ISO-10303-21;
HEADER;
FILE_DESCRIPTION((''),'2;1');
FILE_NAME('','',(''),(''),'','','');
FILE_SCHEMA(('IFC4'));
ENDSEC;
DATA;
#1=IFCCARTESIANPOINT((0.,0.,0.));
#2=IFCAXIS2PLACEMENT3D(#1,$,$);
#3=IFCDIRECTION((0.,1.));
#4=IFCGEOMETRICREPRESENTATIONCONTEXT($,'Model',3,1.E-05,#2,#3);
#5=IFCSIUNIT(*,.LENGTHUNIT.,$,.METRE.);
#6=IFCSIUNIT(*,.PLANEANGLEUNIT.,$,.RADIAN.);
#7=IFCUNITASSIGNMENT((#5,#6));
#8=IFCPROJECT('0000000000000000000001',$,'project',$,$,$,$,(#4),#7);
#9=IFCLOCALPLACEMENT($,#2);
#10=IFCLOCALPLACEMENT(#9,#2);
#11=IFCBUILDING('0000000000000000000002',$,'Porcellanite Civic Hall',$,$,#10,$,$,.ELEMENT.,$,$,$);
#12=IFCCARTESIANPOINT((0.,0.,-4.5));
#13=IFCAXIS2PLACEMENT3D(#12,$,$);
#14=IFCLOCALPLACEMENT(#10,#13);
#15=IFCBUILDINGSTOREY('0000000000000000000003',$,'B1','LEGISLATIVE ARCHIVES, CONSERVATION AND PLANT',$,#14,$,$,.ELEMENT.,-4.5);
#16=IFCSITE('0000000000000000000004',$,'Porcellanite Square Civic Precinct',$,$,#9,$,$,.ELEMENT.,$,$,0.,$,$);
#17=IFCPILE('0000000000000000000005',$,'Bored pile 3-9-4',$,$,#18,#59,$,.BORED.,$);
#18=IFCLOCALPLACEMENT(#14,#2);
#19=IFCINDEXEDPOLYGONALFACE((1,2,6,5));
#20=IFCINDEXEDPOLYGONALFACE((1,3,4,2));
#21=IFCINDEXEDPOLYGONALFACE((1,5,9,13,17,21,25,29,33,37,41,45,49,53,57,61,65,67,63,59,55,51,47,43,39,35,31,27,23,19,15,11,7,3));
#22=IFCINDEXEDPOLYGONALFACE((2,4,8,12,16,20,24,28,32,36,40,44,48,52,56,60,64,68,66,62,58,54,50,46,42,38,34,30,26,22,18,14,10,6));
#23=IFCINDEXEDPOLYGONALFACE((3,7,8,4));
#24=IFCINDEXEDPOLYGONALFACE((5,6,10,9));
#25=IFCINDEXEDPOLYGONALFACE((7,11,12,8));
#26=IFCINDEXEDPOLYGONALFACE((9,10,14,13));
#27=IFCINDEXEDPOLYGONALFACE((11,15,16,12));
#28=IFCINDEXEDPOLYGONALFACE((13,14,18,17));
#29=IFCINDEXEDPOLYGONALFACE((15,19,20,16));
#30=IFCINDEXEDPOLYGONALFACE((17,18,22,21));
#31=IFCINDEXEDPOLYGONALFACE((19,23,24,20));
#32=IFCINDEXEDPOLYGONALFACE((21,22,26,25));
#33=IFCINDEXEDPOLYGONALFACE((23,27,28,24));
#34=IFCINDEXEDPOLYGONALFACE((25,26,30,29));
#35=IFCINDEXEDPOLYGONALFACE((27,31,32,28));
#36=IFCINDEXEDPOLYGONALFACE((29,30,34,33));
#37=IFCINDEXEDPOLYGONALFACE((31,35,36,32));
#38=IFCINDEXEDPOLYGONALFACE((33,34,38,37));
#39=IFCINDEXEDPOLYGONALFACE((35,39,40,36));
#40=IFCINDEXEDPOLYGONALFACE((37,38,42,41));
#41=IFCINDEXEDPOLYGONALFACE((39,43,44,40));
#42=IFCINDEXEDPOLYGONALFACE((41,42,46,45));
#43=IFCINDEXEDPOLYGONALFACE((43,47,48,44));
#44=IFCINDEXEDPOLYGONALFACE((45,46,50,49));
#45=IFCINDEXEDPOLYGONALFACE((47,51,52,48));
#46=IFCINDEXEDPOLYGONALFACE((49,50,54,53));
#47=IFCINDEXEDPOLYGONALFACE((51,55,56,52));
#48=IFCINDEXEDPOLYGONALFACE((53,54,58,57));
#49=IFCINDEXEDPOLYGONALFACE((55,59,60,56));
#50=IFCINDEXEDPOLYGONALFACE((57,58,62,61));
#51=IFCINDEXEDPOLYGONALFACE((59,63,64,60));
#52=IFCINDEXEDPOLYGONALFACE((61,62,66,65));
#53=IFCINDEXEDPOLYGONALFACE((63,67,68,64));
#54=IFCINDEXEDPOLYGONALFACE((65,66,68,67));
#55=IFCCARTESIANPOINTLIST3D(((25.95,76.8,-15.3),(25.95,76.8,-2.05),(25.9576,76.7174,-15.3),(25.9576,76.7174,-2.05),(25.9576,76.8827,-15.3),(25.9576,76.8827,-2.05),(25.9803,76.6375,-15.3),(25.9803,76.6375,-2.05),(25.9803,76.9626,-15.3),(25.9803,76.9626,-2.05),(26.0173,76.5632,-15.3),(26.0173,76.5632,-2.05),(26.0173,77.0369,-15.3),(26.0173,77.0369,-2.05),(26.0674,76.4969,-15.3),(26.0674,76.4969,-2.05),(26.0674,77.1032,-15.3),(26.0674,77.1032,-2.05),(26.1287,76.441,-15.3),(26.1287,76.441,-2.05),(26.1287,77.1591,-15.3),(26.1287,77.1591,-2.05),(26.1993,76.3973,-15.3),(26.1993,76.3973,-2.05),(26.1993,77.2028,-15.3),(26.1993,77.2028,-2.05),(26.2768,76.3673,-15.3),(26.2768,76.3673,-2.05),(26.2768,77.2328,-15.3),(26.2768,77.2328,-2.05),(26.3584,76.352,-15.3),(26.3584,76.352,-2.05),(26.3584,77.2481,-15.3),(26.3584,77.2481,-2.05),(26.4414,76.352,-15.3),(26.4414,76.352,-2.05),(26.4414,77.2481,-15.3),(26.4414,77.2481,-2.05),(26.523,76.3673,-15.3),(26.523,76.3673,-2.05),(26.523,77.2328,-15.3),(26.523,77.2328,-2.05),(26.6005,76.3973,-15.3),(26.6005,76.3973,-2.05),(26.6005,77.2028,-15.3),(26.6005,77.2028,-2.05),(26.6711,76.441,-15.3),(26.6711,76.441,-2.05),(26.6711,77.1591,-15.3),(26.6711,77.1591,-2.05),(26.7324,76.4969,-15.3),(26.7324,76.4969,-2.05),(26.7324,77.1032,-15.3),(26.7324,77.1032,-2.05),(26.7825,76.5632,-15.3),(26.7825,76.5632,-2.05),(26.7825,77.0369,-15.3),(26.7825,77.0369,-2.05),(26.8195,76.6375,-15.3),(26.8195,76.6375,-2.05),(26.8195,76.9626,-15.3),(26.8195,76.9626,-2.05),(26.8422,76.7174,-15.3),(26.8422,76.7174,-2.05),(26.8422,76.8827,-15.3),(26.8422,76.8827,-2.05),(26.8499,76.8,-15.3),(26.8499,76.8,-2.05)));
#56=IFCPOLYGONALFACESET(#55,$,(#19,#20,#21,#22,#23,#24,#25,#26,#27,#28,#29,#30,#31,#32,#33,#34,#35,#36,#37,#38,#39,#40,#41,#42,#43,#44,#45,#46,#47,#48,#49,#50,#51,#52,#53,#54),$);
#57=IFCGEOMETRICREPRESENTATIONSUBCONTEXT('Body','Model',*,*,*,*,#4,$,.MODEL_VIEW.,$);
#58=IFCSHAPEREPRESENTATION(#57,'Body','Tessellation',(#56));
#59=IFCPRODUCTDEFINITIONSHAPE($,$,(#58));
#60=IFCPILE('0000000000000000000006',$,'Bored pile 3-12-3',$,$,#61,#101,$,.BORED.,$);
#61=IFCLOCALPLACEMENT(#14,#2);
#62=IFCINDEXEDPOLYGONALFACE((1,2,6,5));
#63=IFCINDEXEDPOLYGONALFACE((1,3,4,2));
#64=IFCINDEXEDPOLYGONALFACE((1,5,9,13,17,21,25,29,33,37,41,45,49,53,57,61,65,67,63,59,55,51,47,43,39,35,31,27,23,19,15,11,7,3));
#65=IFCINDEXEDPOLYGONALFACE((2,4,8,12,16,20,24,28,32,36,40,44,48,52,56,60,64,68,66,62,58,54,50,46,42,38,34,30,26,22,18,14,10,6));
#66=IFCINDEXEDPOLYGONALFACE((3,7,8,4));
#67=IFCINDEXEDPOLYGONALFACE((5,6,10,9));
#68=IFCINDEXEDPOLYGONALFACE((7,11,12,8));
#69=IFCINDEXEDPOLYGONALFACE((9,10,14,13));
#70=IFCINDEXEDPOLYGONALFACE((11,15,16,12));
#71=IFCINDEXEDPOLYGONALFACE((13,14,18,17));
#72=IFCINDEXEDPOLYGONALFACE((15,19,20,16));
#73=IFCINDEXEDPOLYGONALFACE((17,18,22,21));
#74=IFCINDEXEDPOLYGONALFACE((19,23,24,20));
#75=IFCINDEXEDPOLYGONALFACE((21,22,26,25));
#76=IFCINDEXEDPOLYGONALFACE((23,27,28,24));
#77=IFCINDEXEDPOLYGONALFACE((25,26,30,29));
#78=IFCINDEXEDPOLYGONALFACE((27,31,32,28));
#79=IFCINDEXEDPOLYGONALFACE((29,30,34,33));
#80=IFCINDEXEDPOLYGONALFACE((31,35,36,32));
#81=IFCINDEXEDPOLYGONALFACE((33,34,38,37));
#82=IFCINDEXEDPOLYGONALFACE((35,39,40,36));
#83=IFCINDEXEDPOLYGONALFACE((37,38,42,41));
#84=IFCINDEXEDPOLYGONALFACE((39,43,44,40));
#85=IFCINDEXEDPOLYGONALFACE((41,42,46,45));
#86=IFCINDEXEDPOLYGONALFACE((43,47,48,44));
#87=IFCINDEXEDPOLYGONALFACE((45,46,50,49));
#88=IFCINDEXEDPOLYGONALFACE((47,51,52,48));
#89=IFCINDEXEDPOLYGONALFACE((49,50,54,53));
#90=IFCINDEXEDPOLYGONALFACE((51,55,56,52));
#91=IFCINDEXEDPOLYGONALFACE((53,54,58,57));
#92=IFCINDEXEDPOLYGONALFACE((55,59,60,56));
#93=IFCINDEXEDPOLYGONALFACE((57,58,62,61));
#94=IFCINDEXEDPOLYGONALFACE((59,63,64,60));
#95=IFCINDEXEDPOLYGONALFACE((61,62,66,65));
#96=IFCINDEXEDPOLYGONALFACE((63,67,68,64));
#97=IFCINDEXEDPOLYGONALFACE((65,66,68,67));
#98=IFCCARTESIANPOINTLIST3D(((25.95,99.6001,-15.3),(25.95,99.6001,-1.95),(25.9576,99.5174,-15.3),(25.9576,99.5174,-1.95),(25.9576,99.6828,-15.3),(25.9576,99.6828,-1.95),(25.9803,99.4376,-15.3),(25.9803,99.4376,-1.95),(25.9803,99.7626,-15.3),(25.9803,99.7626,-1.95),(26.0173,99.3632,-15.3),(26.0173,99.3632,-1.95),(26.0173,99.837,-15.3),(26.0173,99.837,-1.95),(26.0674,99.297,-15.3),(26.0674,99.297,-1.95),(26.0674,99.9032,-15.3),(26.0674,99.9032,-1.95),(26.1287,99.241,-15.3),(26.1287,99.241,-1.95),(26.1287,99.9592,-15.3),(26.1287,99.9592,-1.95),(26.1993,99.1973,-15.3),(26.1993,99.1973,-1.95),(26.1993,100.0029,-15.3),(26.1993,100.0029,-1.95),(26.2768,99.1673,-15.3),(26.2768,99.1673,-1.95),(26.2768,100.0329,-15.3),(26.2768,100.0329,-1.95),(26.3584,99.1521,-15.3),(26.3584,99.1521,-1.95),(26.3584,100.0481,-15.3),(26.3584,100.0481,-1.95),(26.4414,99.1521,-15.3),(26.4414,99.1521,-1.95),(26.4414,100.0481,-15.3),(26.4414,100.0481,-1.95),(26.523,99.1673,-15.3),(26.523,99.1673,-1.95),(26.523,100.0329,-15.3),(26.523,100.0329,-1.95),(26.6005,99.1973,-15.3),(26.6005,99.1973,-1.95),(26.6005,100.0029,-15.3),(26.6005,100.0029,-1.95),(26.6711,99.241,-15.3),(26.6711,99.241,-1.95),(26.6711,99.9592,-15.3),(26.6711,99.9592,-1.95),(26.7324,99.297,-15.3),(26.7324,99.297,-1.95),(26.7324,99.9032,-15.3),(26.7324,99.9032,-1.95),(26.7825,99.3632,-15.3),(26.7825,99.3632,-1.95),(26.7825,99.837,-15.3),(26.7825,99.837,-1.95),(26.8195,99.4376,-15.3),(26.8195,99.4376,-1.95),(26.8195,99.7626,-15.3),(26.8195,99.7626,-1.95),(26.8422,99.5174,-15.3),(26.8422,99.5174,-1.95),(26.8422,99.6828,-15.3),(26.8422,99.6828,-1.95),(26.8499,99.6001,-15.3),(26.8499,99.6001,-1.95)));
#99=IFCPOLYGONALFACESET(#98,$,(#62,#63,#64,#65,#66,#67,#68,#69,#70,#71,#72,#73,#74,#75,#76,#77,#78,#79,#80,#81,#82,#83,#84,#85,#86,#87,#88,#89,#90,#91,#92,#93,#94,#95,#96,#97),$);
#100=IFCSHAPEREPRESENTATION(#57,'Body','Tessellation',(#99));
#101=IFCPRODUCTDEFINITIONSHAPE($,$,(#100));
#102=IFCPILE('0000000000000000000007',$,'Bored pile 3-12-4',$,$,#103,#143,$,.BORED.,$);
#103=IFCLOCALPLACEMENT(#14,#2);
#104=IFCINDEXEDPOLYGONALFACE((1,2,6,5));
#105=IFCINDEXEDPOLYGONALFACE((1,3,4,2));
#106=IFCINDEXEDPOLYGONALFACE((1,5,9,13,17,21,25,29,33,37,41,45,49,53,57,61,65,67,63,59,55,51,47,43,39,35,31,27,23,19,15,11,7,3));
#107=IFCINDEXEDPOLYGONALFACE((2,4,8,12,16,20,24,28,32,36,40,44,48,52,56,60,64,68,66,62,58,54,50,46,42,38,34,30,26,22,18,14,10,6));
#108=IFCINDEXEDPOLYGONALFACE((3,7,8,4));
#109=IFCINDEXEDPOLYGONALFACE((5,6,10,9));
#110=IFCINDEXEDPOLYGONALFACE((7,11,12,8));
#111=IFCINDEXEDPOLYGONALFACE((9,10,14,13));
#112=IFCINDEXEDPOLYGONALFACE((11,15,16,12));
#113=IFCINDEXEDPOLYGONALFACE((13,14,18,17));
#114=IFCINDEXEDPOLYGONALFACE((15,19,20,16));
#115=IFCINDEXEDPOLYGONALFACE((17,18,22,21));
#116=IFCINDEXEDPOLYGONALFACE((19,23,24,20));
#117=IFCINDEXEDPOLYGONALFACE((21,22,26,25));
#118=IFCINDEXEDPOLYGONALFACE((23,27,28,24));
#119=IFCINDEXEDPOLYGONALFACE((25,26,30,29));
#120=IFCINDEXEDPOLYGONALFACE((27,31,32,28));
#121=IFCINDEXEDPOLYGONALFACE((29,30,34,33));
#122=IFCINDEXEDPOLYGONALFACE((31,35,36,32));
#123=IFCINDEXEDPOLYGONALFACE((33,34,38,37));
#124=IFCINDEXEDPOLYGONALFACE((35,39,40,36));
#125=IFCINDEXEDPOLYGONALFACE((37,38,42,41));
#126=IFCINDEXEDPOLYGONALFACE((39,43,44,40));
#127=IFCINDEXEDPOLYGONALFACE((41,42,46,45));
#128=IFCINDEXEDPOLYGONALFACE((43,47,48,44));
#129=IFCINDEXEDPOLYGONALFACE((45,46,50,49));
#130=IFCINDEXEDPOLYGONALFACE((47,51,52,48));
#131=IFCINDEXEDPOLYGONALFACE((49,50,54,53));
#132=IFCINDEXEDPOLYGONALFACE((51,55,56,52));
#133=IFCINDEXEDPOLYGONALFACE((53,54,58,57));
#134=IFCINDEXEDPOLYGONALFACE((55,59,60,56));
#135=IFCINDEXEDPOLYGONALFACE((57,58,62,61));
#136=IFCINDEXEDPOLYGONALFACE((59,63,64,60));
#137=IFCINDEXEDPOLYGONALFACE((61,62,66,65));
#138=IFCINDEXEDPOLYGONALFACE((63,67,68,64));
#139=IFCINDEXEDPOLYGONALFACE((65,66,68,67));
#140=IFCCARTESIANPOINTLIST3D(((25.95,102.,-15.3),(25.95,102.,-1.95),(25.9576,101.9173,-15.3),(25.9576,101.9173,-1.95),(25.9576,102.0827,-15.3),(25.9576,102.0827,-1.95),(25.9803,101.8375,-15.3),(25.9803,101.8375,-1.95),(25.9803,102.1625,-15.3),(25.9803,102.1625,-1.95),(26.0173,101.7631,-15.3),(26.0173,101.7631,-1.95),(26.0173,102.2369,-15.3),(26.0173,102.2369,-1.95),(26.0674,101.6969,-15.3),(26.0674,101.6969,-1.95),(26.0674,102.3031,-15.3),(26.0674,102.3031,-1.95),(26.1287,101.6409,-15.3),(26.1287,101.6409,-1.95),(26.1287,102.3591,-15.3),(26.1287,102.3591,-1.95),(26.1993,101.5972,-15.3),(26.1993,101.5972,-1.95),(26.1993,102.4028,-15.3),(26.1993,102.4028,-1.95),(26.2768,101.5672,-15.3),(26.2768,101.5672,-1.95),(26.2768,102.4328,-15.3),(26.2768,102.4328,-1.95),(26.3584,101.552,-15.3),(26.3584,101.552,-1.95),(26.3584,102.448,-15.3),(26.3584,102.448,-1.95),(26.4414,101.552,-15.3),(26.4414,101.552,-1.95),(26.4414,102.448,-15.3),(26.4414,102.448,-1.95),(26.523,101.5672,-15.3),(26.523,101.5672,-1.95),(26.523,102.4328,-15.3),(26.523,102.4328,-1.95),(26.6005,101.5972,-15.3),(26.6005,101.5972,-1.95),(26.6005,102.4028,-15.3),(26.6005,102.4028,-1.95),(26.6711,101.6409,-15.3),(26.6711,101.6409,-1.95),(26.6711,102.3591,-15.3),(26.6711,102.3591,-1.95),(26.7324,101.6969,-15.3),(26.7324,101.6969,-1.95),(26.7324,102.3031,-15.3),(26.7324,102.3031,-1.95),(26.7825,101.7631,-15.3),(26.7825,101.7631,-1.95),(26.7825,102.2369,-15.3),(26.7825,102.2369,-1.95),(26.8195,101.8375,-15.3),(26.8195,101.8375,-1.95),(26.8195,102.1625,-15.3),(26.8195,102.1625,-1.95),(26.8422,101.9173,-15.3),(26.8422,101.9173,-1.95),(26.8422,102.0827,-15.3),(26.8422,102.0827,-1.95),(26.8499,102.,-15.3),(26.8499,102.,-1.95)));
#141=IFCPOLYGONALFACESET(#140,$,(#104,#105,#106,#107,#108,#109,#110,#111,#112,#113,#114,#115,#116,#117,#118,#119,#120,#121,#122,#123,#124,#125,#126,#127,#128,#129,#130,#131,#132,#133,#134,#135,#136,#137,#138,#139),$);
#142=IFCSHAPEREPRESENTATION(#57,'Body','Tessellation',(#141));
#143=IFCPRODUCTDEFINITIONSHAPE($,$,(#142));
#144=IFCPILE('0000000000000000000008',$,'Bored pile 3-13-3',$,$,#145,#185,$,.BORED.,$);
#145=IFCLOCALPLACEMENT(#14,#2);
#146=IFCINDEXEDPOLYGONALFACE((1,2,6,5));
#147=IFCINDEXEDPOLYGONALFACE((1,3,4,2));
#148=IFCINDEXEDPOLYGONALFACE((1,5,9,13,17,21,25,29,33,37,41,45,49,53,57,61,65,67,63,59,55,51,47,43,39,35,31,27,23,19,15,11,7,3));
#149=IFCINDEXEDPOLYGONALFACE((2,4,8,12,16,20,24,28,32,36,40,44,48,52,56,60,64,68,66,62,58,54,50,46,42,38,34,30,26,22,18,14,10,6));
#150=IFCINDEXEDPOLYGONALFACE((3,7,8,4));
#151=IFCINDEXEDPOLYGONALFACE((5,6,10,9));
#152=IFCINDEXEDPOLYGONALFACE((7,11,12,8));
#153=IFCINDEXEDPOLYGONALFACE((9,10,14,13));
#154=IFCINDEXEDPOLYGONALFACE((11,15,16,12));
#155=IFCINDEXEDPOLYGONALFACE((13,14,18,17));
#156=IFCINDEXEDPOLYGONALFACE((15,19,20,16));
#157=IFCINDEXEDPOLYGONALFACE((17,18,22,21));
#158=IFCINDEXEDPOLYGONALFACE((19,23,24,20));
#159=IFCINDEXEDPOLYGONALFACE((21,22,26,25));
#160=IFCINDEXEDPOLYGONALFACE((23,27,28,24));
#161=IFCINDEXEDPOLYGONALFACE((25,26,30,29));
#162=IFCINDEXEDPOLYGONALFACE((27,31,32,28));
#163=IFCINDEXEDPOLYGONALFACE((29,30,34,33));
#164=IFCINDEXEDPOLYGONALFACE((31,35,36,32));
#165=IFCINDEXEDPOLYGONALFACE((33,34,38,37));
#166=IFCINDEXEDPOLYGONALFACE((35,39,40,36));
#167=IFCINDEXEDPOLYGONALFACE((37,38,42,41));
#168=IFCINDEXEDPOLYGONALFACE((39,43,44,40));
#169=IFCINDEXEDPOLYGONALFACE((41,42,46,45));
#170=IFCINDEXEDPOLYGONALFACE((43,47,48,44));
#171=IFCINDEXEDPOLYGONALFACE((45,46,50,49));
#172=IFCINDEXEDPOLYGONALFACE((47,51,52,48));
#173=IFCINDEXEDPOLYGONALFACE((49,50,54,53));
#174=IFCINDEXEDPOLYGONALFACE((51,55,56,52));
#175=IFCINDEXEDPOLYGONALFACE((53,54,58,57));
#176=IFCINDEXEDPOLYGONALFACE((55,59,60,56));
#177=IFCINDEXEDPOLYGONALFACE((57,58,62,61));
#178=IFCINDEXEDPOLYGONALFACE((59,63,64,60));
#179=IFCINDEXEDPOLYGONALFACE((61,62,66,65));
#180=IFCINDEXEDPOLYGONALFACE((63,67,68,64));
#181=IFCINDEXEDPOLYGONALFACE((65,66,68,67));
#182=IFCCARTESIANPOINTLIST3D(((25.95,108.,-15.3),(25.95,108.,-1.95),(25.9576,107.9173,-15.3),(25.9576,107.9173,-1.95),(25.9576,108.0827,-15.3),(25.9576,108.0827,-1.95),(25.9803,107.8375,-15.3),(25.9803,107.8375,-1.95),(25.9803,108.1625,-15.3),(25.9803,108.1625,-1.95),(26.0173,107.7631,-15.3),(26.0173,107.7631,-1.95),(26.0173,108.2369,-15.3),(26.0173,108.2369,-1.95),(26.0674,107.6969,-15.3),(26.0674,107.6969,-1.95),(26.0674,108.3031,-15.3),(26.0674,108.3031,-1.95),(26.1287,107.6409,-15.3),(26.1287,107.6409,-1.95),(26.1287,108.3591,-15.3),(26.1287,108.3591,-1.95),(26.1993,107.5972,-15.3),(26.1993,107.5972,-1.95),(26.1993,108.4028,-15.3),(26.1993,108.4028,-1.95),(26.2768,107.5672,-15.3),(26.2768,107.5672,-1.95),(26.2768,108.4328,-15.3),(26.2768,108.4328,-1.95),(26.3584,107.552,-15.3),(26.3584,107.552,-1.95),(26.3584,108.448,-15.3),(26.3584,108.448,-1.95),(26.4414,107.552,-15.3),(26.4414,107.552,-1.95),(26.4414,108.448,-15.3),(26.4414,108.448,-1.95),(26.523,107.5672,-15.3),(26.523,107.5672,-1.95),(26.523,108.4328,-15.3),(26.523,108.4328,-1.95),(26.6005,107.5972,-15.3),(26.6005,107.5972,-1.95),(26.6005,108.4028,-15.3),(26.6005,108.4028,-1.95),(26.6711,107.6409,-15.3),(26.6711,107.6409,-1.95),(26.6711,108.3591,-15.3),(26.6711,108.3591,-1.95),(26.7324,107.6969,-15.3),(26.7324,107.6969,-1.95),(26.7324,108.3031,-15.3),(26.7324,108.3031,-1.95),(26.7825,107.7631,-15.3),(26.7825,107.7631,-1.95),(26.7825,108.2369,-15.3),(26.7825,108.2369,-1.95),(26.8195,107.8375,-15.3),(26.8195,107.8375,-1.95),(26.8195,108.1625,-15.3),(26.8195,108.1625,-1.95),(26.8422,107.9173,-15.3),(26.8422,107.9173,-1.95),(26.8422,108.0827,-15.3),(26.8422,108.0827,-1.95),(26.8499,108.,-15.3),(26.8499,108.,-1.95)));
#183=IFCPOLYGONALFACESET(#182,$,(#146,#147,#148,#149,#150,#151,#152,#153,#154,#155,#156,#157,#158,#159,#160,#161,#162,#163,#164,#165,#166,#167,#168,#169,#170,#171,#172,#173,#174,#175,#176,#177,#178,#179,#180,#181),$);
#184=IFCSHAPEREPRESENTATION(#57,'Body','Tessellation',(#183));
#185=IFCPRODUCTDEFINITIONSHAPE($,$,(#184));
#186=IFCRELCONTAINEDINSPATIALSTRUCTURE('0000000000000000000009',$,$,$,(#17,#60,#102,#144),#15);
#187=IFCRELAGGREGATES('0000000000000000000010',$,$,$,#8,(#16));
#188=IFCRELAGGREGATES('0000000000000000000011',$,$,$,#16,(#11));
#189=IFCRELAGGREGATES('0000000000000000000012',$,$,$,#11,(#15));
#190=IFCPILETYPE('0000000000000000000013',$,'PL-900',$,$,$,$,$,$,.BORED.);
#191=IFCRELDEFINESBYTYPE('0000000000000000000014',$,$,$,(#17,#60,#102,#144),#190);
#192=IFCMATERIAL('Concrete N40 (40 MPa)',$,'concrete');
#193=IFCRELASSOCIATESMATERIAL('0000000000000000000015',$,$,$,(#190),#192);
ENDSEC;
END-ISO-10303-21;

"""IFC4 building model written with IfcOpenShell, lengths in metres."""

from ifc_helpers import new_model, si_unit, direction, frame, origin, origin_2d, place, context, subcontext, project, spatial, circle, extrude, material, material_profile, profile_set, type_object, element, save


model = new_model("IFC4")

# Units and contexts
model_context = context("Model", 3, precision=1e-05, world=origin(), true_north=direction((0.0, 1.0)))
body_context = subcontext(model_context, "Body", "Model", "MODEL_VIEW")
ifc_project = project(units=[si_unit("LENGTHUNIT", "METRE"), si_unit("PLANEANGLEUNIT", "RADIAN")], contexts=[model_context])

# Site, building, storey
site_placement = place(None, origin())
site = spatial("IfcSite", under=ifc_project, at=site_placement, Name="Porcellanite Square Civic Precinct", CompositionType="ELEMENT", RefElevation=0.0)
building_placement = place(site_placement, origin())
building = spatial("IfcBuilding", under=site, at=building_placement, Name="Porcellanite Civic Hall", CompositionType="ELEMENT")
storey_placement = place(building_placement, frame((0.0, 0.0, -4.5)))
storey = spatial("IfcBuildingStorey", under=building, at=storey_placement, Name="B1", Description="LEGISLATIVE ARCHIVES, CONSERVATION AND PLANT", CompositionType="ELEMENT", Elevation=-4.5)

# Piles
ifc_material_1 = material(Name="Concrete N40 (40 MPa)", Category="concrete")
ifc_material_profile_1 = material_profile(ifc_material_1, circle(Radius=0.45, at=origin_2d()), Name="PILE-D900")
ifc_profile_set_1 = profile_set([ifc_material_profile_1], Name="Concrete N40 (40 MPa)")
pile_type_1 = type_object("IfcPileType", Name="PL-900", PredefinedType="BORED", material=ifc_profile_set_1)
pile_placement = place(storey_placement, frame((26.3999, 76.8, -2.05), z_axis=(0.0, 0.0, -1.0), x_axis=(1.0, 0.0, 0.0)))
element("IfcPile", 1, at=pile_placement, inside=storey, type_object=pile_type_1, Name="Bored pile 3-9-4", PredefinedType="BORED", context=body_context, shape_type="SweptSolid", body=[
    extrude(circle(Radius=0.45, at=origin_2d()), origin(), (0.0, 0.0, 1.0), 13.25),
])
for number, where, z_axis, x_axis, name in (
    (2, (26.3999, 99.6001, -1.95), (0.0, 0.0, -1.0), (1.0, 0.0, 0.0), "Bored pile 3-12-3"),
    (3, (26.3999, 102.0, -1.95), (0.0, 0.0, -1.0), (1.0, 0.0, 0.0), "Bored pile 3-12-4"),
    (4, (26.3999, 108.0, -1.95), (0.0, 0.0, -1.0), (1.0, 0.0, 0.0), "Bored pile 3-13-3"),
):
    element("IfcPile", number, at=place(storey_placement, frame(where, z_axis=z_axis, x_axis=x_axis)), inside=storey, type_object=pile_type_1, Name=name, PredefinedType="BORED", context=body_context, shape_type="SweptSolid", body=[
        extrude(circle(Radius=0.45, at=origin_2d()), origin(), (0.0, 0.0, 1.0), 13.3501),
    ])

save(model, "model.ifc")
